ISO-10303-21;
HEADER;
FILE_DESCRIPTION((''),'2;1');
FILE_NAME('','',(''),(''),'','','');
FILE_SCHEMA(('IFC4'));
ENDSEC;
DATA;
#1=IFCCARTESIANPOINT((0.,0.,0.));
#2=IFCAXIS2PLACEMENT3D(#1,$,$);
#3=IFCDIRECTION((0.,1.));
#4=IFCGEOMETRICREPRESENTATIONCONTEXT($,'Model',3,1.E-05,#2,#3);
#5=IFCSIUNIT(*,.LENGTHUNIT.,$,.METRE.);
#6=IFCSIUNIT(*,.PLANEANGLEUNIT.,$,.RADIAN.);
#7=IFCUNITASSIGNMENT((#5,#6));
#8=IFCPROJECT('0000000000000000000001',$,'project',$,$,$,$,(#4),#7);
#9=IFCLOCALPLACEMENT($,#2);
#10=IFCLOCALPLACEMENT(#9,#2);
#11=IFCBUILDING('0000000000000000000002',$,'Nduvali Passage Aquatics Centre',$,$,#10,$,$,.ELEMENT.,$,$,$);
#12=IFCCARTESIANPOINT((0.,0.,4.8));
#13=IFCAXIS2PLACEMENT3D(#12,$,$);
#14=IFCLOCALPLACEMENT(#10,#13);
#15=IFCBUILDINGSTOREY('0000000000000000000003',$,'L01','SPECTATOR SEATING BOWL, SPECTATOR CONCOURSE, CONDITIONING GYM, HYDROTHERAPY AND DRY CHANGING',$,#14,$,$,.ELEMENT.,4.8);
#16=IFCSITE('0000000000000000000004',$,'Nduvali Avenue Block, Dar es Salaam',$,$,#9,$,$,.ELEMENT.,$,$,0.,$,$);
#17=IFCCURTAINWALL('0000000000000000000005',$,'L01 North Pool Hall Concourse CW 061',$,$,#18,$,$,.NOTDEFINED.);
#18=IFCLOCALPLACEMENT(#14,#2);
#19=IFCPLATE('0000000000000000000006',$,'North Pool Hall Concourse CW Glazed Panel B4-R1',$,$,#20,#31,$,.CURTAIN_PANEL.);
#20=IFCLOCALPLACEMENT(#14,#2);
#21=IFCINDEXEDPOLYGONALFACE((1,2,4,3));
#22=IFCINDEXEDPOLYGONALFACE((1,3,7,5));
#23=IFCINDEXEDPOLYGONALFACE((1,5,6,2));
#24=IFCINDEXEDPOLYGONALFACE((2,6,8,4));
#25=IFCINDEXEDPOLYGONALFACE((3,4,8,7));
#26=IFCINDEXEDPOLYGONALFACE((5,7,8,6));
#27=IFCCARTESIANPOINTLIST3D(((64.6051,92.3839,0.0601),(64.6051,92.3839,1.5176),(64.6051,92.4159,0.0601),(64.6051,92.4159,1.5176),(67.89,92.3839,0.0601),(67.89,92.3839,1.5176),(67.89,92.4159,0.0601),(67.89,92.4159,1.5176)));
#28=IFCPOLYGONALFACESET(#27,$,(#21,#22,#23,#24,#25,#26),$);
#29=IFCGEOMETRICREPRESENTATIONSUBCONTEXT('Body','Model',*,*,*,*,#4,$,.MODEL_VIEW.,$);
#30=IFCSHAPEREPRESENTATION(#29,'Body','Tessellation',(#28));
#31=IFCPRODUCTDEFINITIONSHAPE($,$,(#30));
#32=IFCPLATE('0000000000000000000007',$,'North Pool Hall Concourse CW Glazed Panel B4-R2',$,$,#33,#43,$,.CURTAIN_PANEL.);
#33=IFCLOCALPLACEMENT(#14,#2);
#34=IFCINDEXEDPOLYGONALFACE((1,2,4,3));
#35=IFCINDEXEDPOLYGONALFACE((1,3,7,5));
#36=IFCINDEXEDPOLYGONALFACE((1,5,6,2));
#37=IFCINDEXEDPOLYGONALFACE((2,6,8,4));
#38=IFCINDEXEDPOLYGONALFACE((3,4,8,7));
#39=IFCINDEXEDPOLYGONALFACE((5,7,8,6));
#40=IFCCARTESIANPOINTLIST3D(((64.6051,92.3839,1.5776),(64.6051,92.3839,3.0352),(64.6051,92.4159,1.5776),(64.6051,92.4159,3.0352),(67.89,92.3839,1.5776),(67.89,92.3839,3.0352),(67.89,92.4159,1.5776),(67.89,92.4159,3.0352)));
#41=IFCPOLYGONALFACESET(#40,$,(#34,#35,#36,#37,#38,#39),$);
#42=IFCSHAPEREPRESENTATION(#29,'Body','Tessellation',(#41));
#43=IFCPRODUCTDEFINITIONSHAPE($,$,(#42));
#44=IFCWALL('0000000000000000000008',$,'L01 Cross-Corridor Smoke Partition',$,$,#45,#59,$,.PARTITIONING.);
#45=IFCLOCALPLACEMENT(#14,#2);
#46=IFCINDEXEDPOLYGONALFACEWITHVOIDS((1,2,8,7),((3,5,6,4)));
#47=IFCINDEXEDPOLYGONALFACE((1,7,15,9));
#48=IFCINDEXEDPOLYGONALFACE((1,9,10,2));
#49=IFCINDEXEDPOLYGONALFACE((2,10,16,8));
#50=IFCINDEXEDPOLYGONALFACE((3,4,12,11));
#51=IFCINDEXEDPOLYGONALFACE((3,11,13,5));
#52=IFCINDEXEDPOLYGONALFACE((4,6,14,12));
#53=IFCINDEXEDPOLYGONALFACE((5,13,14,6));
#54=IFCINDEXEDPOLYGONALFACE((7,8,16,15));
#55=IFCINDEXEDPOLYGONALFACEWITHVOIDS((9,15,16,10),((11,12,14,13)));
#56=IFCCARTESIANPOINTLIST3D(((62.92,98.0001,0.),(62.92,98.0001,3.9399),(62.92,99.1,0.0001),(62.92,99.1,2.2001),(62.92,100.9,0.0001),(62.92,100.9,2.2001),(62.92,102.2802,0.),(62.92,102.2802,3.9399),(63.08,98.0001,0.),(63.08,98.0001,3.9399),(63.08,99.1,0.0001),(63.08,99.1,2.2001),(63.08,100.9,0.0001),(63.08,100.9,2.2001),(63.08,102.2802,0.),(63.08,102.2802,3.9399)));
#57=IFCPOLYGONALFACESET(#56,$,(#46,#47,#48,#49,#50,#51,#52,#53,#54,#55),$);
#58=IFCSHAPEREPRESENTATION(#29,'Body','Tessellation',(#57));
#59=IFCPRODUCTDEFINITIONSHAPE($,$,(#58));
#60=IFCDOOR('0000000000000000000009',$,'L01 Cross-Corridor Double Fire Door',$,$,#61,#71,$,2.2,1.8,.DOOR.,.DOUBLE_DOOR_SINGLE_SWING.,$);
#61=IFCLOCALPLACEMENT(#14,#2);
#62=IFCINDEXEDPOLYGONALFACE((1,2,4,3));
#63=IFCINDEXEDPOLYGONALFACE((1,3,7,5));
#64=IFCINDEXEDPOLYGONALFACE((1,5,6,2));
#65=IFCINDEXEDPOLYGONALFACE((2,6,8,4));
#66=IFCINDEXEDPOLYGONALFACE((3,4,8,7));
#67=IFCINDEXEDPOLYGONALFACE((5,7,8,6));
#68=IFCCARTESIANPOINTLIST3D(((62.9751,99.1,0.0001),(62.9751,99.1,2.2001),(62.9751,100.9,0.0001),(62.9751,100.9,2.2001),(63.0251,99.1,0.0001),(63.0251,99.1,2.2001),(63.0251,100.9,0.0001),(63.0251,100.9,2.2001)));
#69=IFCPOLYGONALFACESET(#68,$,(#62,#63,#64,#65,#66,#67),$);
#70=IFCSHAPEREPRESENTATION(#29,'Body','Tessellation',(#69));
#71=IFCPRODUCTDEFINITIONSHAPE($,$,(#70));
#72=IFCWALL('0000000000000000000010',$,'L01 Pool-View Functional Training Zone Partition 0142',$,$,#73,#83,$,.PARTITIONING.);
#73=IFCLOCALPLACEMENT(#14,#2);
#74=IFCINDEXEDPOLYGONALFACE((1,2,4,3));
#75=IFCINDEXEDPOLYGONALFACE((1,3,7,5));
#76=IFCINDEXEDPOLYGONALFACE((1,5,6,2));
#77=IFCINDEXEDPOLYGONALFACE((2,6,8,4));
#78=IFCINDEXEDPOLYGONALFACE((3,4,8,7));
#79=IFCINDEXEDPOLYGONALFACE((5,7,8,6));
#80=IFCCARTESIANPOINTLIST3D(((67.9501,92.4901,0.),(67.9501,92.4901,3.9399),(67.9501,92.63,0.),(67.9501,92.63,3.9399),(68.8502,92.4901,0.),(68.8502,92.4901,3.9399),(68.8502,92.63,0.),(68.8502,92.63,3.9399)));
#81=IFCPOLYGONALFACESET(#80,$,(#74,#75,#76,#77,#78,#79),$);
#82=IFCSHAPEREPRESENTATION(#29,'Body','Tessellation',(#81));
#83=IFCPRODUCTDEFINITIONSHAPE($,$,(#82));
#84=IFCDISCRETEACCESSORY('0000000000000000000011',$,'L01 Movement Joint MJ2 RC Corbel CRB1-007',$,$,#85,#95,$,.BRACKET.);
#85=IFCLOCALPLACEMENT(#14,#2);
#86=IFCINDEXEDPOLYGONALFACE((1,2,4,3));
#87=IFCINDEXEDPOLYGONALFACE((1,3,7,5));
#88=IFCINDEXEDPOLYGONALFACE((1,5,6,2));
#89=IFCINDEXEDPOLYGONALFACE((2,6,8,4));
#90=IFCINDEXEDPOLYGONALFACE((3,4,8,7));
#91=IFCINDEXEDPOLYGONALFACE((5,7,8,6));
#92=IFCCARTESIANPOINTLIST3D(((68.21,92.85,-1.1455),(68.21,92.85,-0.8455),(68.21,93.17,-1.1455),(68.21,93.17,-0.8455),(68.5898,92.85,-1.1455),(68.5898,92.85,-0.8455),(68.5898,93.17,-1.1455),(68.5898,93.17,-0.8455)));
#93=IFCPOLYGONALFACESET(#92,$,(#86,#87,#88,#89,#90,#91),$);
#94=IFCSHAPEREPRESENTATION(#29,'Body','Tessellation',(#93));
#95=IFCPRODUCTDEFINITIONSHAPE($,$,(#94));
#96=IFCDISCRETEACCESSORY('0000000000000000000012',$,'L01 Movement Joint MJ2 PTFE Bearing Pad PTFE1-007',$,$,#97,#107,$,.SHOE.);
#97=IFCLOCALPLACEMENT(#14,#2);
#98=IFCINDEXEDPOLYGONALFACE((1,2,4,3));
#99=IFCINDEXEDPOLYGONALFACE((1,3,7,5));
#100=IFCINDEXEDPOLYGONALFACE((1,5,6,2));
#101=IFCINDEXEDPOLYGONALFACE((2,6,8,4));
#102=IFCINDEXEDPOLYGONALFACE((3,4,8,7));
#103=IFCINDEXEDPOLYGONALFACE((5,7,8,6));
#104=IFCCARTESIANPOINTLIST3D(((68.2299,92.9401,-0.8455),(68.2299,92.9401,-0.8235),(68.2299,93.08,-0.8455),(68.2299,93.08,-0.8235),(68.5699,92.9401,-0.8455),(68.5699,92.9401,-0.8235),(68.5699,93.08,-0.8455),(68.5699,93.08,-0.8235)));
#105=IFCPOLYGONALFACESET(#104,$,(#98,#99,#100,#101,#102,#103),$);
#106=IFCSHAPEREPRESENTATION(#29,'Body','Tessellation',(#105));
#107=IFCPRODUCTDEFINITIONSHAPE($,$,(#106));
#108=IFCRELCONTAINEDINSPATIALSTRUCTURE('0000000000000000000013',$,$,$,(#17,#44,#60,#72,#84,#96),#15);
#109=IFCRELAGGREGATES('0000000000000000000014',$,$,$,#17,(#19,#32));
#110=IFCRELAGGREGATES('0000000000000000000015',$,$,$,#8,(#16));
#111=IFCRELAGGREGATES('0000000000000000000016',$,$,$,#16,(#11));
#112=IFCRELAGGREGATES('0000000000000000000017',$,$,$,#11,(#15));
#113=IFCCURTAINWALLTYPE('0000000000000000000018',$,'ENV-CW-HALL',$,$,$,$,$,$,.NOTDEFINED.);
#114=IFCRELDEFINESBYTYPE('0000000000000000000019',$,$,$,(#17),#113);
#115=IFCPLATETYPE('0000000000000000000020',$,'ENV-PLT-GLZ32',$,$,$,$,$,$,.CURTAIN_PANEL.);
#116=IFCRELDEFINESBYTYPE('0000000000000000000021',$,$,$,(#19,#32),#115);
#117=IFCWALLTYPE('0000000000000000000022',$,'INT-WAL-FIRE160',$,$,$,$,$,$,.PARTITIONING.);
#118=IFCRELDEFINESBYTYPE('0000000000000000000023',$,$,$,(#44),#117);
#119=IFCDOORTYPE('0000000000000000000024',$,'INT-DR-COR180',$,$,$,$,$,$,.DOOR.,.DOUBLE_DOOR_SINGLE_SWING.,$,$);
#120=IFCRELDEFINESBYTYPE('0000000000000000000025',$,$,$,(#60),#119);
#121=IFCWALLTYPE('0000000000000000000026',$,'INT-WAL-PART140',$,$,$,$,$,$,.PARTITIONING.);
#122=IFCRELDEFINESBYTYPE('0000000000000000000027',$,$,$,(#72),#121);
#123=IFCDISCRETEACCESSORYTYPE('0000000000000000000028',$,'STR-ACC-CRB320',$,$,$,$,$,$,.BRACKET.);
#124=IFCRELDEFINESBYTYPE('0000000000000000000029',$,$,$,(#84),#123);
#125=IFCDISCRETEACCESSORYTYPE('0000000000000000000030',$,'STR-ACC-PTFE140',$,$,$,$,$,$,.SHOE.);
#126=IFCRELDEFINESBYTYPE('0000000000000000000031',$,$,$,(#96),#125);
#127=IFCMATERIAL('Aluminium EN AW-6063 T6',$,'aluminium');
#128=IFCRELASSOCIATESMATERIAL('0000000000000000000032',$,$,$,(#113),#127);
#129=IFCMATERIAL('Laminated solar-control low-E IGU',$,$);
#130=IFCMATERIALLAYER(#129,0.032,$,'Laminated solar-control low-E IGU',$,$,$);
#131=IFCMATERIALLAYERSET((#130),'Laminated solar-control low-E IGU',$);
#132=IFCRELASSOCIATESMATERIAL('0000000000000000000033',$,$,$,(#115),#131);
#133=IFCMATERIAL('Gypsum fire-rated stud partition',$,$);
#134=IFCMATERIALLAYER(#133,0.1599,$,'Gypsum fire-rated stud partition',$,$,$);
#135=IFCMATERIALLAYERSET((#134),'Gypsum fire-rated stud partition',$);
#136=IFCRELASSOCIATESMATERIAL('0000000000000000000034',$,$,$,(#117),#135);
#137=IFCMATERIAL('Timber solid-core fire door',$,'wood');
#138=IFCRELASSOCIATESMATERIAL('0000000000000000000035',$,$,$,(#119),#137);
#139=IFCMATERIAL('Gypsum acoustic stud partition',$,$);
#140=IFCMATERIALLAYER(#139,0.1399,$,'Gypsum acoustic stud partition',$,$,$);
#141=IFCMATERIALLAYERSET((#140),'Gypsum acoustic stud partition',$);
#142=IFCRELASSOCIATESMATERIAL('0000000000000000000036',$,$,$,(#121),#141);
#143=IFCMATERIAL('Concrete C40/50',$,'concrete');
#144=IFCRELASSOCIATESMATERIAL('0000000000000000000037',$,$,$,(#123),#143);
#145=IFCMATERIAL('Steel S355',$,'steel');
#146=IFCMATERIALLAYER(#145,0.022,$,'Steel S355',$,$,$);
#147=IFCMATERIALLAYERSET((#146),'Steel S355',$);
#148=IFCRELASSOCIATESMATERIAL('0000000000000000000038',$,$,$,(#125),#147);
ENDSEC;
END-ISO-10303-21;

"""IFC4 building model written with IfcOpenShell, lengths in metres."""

from ifc_helpers import new_model, si_unit, direction, frame, frame_2d, origin, origin_2d, place, context, subcontext, project, spatial, rectangle, extrude, material, layer, layer_set, type_object, element, fill, aggregate, save


model = new_model("IFC4")

# Units and contexts
model_context = context("Model", 3, precision=1e-05, world=origin(), true_north=direction((0.0, 1.0)))
body_context = subcontext(model_context, "Body", "Model", "MODEL_VIEW")
ifc_project = project(units=[si_unit("LENGTHUNIT", "METRE"), si_unit("PLANEANGLEUNIT", "RADIAN")], contexts=[model_context])

# Site, building, storey
site_placement = place(None, origin())
site = spatial("IfcSite", under=ifc_project, at=site_placement, Name="Nduvali Avenue Block, Dar es Salaam", CompositionType="ELEMENT", RefElevation=0.0)
building_placement = place(site_placement, origin())
building = spatial("IfcBuilding", under=site, at=building_placement, Name="Nduvali Passage Aquatics Centre", CompositionType="ELEMENT")
storey_placement = place(building_placement, frame((0.0, 0.0, 4.8)))
storey = spatial("IfcBuildingStorey", under=building, at=storey_placement, Name="L01", Description="SPECTATOR SEATING BOWL, SPECTATOR CONCOURSE, CONDITIONING GYM, HYDROTHERAPY AND DRY CHANGING", CompositionType="ELEMENT", Elevation=4.8)

# Shared definitions
ifc_material_1 = material(Name="Concrete C40/50", Category="concrete")
ifc_material_2 = material(Name="Steel S355", Category="steel")

# Curtain wall
ifc_material_3 = material(Name="Aluminium EN AW-6063 T6", Category="aluminium")
curtain_wall_type = type_object("IfcCurtainWallType", Name="ENV-CW-HALL", PredefinedType="NOTDEFINED", material=ifc_material_3)
curtain_wall_placement = place(storey_placement, origin())
curtain_wall = element("IfcCurtainWall", 1, at=curtain_wall_placement, inside=storey, type_object=curtain_wall_type, Name="L01 North Pool Hall Concourse CW 061", PredefinedType="NOTDEFINED")

# Plates
ifc_material_4 = material(Name="Laminated solar-control low-E IGU")
ifc_layer_1 = layer(ifc_material_4, 0.032, Name="Laminated solar-control low-E IGU")
ifc_layer_set_1 = layer_set([ifc_layer_1], Name="Laminated solar-control low-E IGU")
plate_type = type_object("IfcPlateType", Name="ENV-PLT-GLZ32", PredefinedType="CURTAIN_PANEL", material=ifc_layer_set_1)
plate_1_placement = place(storey_placement, frame((66.2476, 92.3999, 0.0601), z_axis=(0.0, 0.0, 1.0), x_axis=(1.0, 0.0, 0.0)))
plate_1 = element("IfcPlate", 2, at=plate_1_placement, type_object=plate_type, Name="North Pool Hall Concourse CW Glazed Panel B4-R1", PredefinedType="CURTAIN_PANEL", context=body_context, shape_type="SweptSolid", body=[
    extrude(rectangle(XDim=3.2849, YDim=0.032, at=origin_2d()), origin(), (0.0, 0.0, 1.0), 1.4575),
])
plate_2_placement = place(storey_placement, frame((66.2476, 92.3999, 1.5776), z_axis=(0.0, 0.0, 1.0), x_axis=(1.0, 0.0, 0.0)))
plate_2 = element("IfcPlate", 3, at=plate_2_placement, type_object=plate_type, Name="North Pool Hall Concourse CW Glazed Panel B4-R2", PredefinedType="CURTAIN_PANEL", context=body_context, shape_type="SweptSolid", body=[
    extrude(rectangle(XDim=3.2849, YDim=0.032, at=origin_2d()), origin(), (0.0, 0.0, 1.0), 1.4575),
])
aggregate(curtain_wall, [plate_1, plate_2])

# Wall, opening, door
ifc_material_5 = material(Name="Gypsum fire-rated stud partition")
ifc_layer_2 = layer(ifc_material_5, 0.1599, Name="Gypsum fire-rated stud partition")
ifc_layer_set_2 = layer_set([ifc_layer_2], Name="Gypsum fire-rated stud partition")
wall_type_1 = type_object("IfcWallType", Name="INT-WAL-FIRE160", PredefinedType="PARTITIONING", material=ifc_layer_set_2)
wall_1_placement = place(storey_placement, frame((63.0, 98.0, 0.0), z_axis=(0.0, 0.0, 1.0), x_axis=(0.0, 1.0, 0.0)))
wall_1 = element("IfcWall", 4, at=wall_1_placement, inside=storey, type_object=wall_type_1, Name="L01 Cross-Corridor Smoke Partition", PredefinedType="PARTITIONING", context=body_context, shape_type="SweptSolid", body=[
    extrude(rectangle(XDim=4.28, YDim=0.1599, at=frame_2d((2.1401, 0.0))), origin(), (0.0, 0.0, 1.0), 3.9399),
])
opening_placement = place(wall_1_placement, frame((1.1001, 0.0, 0.0)))
opening = element("IfcOpeningElement", 5, at=opening_placement, cuts=wall_1, PredefinedType="OPENING", context=body_context, shape_type="SweptSolid", body=[
    extrude(rectangle(XDim=1.8, YDim=2.2, at=frame_2d((0.8999, 1.1001))), frame((0.0, 0.0947, 0.0), z_axis=(0.0, -1.0, 0.0), x_axis=(1.0, 0.0, 0.0)), (0.0, 0.0, 1.0), 0.1897),
])
ifc_material_6 = material(Name="Timber solid-core fire door", Category="wood")
door_type = type_object("IfcDoorType", Name="INT-DR-COR180", OperationType="DOUBLE_DOOR_SINGLE_SWING", PredefinedType="DOOR", material=ifc_material_6)
door_placement = place(opening_placement, origin())
door = element("IfcDoor", 6, at=door_placement, inside=storey, type_object=door_type, Name="L01 Cross-Corridor Double Fire Door", OperationType="DOUBLE_DOOR_SINGLE_SWING", OverallHeight=2.2, OverallWidth=1.8, PredefinedType="DOOR", context=body_context, shape_type="SweptSolid", body=[
    extrude(rectangle(XDim=1.8, YDim=2.2, at=frame_2d((0.8999, 1.1001))), frame((0.0, 0.0249, 0.0), z_axis=(0.0, -1.0, 0.0), x_axis=(1.0, 0.0, 0.0)), (0.0, 0.0, 1.0), 0.05),
])
fill(opening, door)

# Wall
ifc_material_7 = material(Name="Gypsum acoustic stud partition")
ifc_layer_3 = layer(ifc_material_7, 0.1399, Name="Gypsum acoustic stud partition")
ifc_layer_set_3 = layer_set([ifc_layer_3], Name="Gypsum acoustic stud partition")
wall_type_2 = type_object("IfcWallType", Name="INT-WAL-PART140", PredefinedType="PARTITIONING", material=ifc_layer_set_3)
wall_2_placement = place(storey_placement, frame((67.95, 92.5601, 0.0), z_axis=(0.0, 0.0, 1.0), x_axis=(1.0, 0.0, 0.0)))
element("IfcWall", 7, at=wall_2_placement, inside=storey, type_object=wall_type_2, Name="L01 Pool-View Functional Training Zone Partition 0142", PredefinedType="PARTITIONING", context=body_context, shape_type="SweptSolid", body=[
    extrude(rectangle(XDim=0.9001, YDim=0.1399, at=frame_2d((0.4502, 0.0))), origin(), (0.0, 0.0, 1.0), 3.9399),
])

# Discrete accessories
discrete_accessory_type_1 = type_object("IfcDiscreteAccessoryType", Name="STR-ACC-CRB320", PredefinedType="BRACKET", material=ifc_material_1)
discrete_accessory_1_placement = place(storey_placement, frame((68.3999, 93.01, -1.1455), z_axis=(0.0, 0.0, 1.0), x_axis=(0.0, 1.0, 0.0)))
element("IfcDiscreteAccessory", 8, at=discrete_accessory_1_placement, inside=storey, type_object=discrete_accessory_type_1, Name="L01 Movement Joint MJ2 RC Corbel CRB1-007", PredefinedType="BRACKET", context=body_context, shape_type="SweptSolid", body=[
    extrude(rectangle(XDim=0.3201, YDim=0.3799, at=origin_2d()), origin(), (0.0, 0.0, 1.0), 0.3),
])
ifc_layer_4 = layer(ifc_material_2, 0.022, Name="Steel S355")
ifc_layer_set_4 = layer_set([ifc_layer_4], Name="Steel S355")
discrete_accessory_type_2 = type_object("IfcDiscreteAccessoryType", Name="STR-ACC-PTFE140", PredefinedType="SHOE", material=ifc_layer_set_4)
discrete_accessory_2_placement = place(storey_placement, frame((68.3999, 93.01, -0.8455), z_axis=(0.0, 0.0, 1.0), x_axis=(0.0, 1.0, 0.0)))
element("IfcDiscreteAccessory", 9, at=discrete_accessory_2_placement, inside=storey, type_object=discrete_accessory_type_2, Name="L01 Movement Joint MJ2 PTFE Bearing Pad PTFE1-007", PredefinedType="SHOE", context=body_context, shape_type="SweptSolid", body=[
    extrude(rectangle(XDim=0.1399, YDim=0.3401, at=origin_2d()), origin(), (0.0, 0.0, 1.0), 0.022),
])

save(model, "model.ifc")
